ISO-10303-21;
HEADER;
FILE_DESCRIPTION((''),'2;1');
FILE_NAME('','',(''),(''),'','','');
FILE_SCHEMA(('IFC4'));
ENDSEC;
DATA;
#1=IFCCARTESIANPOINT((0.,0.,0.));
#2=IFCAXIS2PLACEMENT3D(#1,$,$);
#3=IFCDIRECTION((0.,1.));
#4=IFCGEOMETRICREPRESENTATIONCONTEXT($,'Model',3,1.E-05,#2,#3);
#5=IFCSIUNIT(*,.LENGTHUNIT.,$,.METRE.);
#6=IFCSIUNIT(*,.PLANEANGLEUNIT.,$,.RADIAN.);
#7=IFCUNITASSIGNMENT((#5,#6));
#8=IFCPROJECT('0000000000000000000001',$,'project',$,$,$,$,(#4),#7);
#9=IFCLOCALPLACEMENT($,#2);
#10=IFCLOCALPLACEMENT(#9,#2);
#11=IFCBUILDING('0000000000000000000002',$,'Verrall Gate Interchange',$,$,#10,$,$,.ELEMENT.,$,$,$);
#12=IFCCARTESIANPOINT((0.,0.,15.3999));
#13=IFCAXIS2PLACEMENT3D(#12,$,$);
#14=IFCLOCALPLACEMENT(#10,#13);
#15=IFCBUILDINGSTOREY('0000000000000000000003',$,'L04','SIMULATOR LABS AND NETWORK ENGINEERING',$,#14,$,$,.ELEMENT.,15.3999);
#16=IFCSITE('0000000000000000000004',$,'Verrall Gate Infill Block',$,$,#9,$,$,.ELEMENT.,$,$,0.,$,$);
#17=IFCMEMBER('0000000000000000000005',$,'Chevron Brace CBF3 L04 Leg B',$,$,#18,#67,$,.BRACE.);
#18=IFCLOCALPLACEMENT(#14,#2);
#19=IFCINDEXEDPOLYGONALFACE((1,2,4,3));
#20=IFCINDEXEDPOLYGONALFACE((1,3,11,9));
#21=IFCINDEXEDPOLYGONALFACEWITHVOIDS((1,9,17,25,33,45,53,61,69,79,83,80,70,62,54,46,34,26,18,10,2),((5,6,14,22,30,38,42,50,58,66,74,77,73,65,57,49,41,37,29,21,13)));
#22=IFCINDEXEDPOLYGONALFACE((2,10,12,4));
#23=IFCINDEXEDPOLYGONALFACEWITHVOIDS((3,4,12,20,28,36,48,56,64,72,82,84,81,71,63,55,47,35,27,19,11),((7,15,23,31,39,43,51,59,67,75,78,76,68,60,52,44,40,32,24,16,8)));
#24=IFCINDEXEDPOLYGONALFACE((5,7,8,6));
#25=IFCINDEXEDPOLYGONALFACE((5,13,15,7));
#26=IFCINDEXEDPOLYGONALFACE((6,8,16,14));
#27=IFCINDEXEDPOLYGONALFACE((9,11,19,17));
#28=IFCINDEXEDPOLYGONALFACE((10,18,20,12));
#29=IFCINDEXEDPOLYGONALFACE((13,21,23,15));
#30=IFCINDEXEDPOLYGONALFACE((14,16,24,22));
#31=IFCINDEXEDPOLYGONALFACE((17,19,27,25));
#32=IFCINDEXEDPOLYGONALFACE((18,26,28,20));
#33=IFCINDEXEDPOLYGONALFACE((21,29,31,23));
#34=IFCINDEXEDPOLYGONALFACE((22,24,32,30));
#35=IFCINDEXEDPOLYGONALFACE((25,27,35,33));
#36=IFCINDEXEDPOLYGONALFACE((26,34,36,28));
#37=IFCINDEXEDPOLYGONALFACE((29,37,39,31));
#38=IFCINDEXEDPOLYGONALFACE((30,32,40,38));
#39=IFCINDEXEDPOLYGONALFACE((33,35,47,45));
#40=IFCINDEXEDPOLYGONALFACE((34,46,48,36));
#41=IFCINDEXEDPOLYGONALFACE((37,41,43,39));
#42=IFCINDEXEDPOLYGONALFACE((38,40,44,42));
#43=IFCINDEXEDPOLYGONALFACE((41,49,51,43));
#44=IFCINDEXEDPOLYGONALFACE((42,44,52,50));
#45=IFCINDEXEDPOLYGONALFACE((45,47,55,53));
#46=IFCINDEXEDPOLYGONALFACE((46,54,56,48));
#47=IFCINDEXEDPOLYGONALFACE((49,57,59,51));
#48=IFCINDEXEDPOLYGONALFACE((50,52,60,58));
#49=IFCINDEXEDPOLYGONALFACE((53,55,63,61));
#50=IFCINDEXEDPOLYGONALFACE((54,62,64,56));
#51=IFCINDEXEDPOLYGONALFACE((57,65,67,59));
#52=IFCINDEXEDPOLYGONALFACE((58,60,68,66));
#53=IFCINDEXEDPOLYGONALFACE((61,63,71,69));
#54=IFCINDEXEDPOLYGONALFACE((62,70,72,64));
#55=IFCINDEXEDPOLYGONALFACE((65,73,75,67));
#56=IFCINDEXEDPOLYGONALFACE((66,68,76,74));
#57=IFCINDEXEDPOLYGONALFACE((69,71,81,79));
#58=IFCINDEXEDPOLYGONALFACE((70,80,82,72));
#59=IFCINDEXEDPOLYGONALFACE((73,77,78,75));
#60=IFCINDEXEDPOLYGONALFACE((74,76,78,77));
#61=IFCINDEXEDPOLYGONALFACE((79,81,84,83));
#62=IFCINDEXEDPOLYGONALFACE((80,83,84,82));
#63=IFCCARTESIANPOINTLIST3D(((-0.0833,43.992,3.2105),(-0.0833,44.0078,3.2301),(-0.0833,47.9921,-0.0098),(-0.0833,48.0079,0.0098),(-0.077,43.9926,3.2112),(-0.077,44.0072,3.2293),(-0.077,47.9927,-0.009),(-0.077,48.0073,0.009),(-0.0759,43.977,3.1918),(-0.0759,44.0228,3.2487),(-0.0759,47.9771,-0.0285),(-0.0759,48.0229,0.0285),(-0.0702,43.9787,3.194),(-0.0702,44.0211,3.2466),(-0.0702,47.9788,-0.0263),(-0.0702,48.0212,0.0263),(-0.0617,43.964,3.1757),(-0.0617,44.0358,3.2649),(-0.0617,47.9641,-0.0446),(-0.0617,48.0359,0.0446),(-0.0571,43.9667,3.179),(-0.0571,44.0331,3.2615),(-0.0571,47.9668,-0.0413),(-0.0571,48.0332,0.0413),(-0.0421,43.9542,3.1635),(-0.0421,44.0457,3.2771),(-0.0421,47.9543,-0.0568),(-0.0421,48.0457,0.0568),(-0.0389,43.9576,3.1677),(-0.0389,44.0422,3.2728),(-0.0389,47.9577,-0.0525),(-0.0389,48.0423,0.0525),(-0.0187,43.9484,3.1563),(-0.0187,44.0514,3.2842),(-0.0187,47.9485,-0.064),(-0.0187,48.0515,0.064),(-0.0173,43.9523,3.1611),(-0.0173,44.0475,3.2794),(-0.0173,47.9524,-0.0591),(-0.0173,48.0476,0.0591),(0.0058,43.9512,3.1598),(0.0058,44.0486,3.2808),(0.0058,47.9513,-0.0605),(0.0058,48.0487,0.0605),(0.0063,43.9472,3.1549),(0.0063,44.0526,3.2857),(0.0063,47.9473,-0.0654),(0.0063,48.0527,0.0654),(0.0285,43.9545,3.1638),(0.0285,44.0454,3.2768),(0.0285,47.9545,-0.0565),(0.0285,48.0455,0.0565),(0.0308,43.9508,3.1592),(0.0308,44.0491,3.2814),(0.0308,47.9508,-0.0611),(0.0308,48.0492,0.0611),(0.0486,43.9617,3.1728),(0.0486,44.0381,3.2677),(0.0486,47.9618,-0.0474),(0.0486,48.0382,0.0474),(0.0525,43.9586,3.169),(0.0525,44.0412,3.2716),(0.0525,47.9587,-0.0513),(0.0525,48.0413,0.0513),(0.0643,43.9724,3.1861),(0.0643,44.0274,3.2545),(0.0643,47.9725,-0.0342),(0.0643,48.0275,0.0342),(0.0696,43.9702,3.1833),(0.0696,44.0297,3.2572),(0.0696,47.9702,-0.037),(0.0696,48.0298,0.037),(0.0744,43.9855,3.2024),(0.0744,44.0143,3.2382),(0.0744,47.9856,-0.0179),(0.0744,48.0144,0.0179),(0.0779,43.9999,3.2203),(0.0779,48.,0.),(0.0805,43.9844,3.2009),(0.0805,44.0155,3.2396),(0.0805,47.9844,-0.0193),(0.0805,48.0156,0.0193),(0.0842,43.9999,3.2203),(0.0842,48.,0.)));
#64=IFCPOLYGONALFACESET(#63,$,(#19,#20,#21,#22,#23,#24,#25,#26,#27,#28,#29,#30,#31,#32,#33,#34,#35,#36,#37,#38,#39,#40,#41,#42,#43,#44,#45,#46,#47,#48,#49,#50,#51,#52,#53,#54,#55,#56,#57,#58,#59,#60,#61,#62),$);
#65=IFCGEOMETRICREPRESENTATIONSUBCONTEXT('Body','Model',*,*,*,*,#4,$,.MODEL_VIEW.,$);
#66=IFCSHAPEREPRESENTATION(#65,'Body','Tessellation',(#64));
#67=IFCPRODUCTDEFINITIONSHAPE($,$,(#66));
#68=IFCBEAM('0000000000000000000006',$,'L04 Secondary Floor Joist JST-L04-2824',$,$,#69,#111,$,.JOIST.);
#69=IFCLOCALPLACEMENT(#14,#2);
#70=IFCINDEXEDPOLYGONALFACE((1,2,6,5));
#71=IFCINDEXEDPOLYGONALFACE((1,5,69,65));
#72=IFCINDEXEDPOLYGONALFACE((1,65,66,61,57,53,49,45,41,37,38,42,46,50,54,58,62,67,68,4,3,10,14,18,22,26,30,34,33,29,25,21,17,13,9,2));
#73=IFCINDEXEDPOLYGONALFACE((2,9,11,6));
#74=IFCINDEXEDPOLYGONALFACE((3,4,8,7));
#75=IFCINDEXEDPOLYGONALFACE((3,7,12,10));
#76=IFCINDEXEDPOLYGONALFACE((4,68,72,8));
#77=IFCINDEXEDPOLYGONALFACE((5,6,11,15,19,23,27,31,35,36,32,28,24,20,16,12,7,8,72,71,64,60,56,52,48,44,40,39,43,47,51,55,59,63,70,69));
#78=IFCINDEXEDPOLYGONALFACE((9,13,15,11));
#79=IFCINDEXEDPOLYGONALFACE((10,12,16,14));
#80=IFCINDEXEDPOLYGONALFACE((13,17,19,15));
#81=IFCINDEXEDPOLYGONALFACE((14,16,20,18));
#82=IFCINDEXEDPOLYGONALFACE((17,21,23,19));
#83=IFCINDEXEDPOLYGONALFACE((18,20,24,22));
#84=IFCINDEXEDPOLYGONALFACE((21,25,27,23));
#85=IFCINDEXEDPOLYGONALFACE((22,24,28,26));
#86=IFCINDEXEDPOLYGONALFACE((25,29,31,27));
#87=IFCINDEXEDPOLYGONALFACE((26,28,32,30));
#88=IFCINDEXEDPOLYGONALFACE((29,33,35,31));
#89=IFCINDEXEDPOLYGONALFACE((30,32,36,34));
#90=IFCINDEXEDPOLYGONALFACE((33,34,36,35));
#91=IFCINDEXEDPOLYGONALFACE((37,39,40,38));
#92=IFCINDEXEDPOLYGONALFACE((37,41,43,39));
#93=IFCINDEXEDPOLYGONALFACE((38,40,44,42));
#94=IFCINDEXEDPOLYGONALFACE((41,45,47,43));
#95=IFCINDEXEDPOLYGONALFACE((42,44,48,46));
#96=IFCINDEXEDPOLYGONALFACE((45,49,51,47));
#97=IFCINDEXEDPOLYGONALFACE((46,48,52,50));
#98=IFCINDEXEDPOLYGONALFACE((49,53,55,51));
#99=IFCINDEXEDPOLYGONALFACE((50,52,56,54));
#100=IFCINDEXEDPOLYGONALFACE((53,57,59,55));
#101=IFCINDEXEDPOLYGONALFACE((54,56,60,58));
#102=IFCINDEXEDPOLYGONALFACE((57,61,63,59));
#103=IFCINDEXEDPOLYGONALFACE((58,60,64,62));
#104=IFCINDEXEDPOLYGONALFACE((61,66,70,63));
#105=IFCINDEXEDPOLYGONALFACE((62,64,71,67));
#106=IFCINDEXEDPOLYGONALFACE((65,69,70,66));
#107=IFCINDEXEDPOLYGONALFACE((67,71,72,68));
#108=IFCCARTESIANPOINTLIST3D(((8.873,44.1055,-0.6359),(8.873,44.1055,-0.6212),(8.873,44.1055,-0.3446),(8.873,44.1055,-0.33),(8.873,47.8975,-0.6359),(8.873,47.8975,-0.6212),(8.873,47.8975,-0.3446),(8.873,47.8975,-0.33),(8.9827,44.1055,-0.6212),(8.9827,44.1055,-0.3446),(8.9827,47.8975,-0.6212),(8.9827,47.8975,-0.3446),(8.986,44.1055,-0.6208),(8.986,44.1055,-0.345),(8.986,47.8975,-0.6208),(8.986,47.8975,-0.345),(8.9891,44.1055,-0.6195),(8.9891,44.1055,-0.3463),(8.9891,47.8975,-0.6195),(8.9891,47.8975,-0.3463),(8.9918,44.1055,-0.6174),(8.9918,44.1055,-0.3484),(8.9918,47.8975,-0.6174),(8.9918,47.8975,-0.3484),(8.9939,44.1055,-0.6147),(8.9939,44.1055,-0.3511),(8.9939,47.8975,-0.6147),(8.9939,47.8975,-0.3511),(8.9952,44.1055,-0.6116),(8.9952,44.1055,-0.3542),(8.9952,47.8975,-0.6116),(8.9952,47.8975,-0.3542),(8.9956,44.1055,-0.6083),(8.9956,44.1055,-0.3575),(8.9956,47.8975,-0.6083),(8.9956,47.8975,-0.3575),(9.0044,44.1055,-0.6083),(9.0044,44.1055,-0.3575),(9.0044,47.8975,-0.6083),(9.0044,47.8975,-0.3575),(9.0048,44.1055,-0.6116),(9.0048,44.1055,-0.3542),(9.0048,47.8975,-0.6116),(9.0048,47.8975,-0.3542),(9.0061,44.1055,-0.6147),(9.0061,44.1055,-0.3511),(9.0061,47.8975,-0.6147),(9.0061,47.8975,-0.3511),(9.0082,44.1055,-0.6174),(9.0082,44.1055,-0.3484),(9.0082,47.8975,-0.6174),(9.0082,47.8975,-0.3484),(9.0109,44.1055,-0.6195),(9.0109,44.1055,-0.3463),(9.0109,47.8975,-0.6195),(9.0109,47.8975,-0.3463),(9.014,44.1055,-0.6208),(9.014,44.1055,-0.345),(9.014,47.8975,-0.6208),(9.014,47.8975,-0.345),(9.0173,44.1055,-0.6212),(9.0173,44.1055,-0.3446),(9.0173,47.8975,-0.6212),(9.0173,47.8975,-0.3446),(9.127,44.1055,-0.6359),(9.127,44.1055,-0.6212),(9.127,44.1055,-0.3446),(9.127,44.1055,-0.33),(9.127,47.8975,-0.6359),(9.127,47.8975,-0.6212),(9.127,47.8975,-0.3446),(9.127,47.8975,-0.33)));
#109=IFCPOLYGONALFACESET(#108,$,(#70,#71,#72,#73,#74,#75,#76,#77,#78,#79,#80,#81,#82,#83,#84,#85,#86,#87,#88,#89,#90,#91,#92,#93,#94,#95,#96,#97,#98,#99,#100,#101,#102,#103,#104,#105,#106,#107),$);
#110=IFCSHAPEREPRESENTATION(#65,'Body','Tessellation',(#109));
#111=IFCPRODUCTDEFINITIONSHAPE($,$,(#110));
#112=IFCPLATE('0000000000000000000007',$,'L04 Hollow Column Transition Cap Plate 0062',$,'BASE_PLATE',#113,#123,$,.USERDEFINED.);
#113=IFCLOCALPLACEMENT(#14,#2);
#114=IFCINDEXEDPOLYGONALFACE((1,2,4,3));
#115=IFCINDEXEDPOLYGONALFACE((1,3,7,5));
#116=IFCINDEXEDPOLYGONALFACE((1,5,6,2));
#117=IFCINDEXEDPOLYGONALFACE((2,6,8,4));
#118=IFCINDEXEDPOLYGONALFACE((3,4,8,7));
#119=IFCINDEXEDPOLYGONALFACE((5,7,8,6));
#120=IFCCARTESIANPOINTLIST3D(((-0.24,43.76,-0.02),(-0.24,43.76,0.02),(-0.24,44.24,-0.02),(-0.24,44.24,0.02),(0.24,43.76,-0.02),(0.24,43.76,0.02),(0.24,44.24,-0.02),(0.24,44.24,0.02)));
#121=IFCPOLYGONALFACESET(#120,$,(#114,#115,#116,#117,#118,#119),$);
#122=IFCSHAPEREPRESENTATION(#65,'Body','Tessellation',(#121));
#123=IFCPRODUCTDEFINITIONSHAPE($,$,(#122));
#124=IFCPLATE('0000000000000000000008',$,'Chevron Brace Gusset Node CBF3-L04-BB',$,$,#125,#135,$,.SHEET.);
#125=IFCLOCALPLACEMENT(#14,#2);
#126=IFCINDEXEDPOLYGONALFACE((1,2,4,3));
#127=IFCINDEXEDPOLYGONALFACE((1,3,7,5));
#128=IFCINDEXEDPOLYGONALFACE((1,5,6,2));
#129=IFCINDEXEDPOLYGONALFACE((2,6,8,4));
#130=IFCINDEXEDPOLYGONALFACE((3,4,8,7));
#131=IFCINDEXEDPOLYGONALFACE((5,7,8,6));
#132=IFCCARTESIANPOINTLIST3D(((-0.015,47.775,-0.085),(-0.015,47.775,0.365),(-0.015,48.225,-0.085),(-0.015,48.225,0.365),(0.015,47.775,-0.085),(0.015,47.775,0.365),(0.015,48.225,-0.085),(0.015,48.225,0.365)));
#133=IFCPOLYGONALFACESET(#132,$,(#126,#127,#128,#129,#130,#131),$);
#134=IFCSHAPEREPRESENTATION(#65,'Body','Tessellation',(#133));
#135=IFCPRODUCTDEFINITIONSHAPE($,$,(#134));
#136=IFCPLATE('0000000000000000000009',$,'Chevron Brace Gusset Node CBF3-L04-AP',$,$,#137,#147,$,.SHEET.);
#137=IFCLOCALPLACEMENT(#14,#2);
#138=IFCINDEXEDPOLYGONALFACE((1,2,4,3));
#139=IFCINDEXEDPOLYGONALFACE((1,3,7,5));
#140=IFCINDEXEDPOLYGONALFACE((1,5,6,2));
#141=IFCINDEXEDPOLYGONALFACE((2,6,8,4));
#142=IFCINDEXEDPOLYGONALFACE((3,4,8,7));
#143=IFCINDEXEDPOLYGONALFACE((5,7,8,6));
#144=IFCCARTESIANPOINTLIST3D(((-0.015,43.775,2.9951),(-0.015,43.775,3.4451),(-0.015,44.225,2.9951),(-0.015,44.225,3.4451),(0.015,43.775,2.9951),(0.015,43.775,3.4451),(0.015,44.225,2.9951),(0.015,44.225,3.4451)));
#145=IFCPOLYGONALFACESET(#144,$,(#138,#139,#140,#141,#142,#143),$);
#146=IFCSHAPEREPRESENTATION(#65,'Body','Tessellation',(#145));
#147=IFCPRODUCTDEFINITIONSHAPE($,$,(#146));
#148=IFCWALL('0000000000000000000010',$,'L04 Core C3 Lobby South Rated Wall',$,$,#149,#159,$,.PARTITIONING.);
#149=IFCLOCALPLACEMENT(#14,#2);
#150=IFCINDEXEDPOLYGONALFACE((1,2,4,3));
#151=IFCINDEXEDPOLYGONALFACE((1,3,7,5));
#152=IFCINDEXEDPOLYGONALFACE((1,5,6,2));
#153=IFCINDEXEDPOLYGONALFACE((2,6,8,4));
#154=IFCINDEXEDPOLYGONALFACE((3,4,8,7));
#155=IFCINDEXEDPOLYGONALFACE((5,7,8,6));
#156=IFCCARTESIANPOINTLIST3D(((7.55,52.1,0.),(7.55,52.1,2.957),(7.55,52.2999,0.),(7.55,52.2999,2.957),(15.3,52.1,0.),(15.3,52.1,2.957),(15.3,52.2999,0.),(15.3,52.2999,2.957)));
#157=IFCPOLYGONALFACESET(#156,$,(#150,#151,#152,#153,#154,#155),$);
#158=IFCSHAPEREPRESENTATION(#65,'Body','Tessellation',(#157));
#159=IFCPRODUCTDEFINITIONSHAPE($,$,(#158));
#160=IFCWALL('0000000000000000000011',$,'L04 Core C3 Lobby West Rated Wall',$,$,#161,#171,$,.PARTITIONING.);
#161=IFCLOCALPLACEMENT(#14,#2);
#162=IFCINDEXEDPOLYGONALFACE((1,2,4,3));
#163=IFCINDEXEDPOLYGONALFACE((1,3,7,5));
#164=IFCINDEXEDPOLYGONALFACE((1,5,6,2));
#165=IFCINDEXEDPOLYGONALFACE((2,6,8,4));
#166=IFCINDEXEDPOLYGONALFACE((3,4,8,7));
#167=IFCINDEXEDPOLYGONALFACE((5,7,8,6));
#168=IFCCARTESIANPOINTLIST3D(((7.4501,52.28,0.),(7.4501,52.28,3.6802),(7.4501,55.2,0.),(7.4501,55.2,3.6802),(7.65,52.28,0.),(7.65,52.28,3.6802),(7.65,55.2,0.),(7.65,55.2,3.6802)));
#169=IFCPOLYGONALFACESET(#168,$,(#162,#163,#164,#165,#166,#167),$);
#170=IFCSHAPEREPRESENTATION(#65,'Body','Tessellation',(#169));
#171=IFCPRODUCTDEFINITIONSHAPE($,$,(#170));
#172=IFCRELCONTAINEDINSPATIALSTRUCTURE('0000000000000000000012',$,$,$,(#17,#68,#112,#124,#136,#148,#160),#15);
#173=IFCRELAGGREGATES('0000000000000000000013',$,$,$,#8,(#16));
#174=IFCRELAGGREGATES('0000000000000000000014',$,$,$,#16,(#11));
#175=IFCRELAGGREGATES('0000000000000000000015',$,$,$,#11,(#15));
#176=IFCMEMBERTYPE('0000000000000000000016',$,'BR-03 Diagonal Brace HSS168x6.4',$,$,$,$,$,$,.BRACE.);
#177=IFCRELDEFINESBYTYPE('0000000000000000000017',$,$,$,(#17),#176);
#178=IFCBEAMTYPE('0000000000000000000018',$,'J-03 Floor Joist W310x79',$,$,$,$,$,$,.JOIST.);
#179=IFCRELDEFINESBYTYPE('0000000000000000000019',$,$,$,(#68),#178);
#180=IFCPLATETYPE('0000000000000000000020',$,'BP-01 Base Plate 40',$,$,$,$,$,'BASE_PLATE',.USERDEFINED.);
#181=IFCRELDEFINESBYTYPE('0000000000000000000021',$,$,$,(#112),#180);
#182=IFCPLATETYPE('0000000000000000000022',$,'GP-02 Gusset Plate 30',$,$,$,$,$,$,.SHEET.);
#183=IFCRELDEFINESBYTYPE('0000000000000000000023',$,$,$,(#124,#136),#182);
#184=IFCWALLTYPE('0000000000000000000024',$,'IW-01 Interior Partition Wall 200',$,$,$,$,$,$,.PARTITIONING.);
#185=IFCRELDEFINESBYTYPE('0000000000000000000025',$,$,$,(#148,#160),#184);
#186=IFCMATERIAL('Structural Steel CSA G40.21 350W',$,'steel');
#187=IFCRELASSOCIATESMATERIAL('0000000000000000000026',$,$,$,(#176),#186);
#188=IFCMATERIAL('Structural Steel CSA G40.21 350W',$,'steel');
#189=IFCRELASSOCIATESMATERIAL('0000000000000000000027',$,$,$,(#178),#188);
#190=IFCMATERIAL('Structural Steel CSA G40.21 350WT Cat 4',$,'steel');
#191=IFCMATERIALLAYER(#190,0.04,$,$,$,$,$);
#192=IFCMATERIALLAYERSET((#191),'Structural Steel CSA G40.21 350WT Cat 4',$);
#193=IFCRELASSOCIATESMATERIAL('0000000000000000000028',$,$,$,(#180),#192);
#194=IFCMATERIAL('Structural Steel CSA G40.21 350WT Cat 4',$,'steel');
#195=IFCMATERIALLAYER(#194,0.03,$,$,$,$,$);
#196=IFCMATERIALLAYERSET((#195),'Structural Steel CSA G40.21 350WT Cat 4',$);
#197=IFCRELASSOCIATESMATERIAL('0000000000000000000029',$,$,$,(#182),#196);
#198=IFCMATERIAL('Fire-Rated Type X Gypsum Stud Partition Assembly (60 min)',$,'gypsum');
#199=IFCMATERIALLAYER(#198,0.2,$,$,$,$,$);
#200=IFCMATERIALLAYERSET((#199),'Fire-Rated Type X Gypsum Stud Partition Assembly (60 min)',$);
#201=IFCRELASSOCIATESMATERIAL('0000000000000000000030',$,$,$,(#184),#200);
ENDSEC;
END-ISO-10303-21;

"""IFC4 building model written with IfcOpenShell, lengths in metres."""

from ifc_helpers import new_model, si_unit, direction, frame, frame_2d, origin, origin_2d, place, context, subcontext, project, spatial, rectangle, hollow_circle, i_section, extrude, material, layer, layer_set, material_profile, profile_set, type_object, element, save


model = new_model("IFC4")

# Units and contexts
model_context = context("Model", 3, precision=1e-05, world=origin(), true_north=direction((0.0, 1.0)))
body_context = subcontext(model_context, "Body", "Model", "MODEL_VIEW")
ifc_project = project(units=[si_unit("LENGTHUNIT", "METRE"), si_unit("PLANEANGLEUNIT", "RADIAN")], contexts=[model_context])

# Site, building, storey
site_placement = place(None, origin())
site = spatial("IfcSite", under=ifc_project, at=site_placement, Name="Verrall Gate Infill Block", CompositionType="ELEMENT", RefElevation=0.0)
building_placement = place(site_placement, origin())
building = spatial("IfcBuilding", under=site, at=building_placement, Name="Verrall Gate Interchange", CompositionType="ELEMENT")
storey_placement = place(building_placement, frame((0.0, 0.0, 15.3999)))
storey = spatial("IfcBuildingStorey", under=building, at=storey_placement, Name="L04", Description="SIMULATOR LABS AND NETWORK ENGINEERING", CompositionType="ELEMENT", Elevation=15.3999)

# Member
ifc_material_1 = material(Name="Structural Steel CSA G40.21 350W", Category="steel")
ifc_material_profile_1 = material_profile(ifc_material_1, hollow_circle(Radius=0.0842, WallThickness=0.0063, at=origin_2d()), Name="HSS168x6.4")
ifc_profile_set_1 = profile_set([ifc_material_profile_1], Name="Structural Steel CSA G40.21 350W")
member_type = type_object("IfcMemberType", Name="BR-03 Diagonal Brace HSS168x6.4", PredefinedType="BRACE", material=ifc_profile_set_1)
member_placement = place(storey_placement, frame((0.0, 48.0, 0.0), z_axis=(0.0, -0.778945, 0.627092), x_axis=(1.0, 0.0, 0.0)))
element("IfcMember", 1, at=member_placement, inside=storey, type_object=member_type, Name="Chevron Brace CBF3 L04 Leg B", PredefinedType="BRACE", context=body_context, shape_type="SweptSolid", body=[
    extrude(hollow_circle(Radius=0.0842, WallThickness=0.0063, at=origin_2d()), origin(), (0.0, 0.0, 1.0), 5.1353),
])

# Beam
ifc_material_2 = material(Name="Structural Steel CSA G40.21 350W", Category="steel")
ifc_material_profile_2 = material_profile(ifc_material_2, i_section(OverallWidth=0.2539, OverallDepth=0.3059, WebThickness=0.0088, FlangeThickness=0.0146, FilletRadius=0.0129, at=origin_2d()), Name="W310x79")
ifc_profile_set_2 = profile_set([ifc_material_profile_2], Name="Structural Steel CSA G40.21 350W")
beam_type_1 = type_object("IfcBeamType", Name="J-03 Floor Joist W310x79", PredefinedType="JOIST", material=ifc_profile_set_2)
beam_1_placement = place(storey_placement, frame((9.0, 44.1055, -0.4829), z_axis=(0.0, 1.0, 0.0), x_axis=(-1.0, 0.0, 0.0)))
element("IfcBeam", 2, at=beam_1_placement, inside=storey, type_object=beam_type_1, Name="L04 Secondary Floor Joist JST-L04-2824", PredefinedType="JOIST", context=body_context, shape_type="SweptSolid", body=[
    extrude(i_section(OverallWidth=0.2539, OverallDepth=0.3059, WebThickness=0.0088, FlangeThickness=0.0146, FilletRadius=0.0129, at=origin_2d()), origin(), (0.0, 0.0, 1.0), 3.792),
])

# Plates
ifc_material_3 = material(Name="Structural Steel CSA G40.21 350WT Cat 4", Category="steel")
ifc_layer_1 = layer(ifc_material_3, 0.04)
ifc_layer_set_1 = layer_set([ifc_layer_1], Name="Structural Steel CSA G40.21 350WT Cat 4")
plate_type_1 = type_object("IfcPlateType", Name="BP-01 Base Plate 40", ElementType="BASE_PLATE", PredefinedType="USERDEFINED", material=ifc_layer_set_1)
plate_placement = place(storey_placement, frame((0.0, 44.0, -0.02), z_axis=(0.0, 0.0, 1.0), x_axis=(1.0, 0.0, 0.0)))
element("IfcPlate", 3, at=plate_placement, inside=storey, type_object=plate_type_1, Name="L04 Hollow Column Transition Cap Plate 0062", ObjectType="BASE_PLATE", PredefinedType="USERDEFINED", context=body_context, shape_type="SweptSolid", body=[
    extrude(rectangle(XDim=0.48, YDim=0.48, at=origin_2d()), origin(), (0.0, 0.0, 1.0), 0.04),
])
ifc_material_4 = material(Name="Structural Steel CSA G40.21 350WT Cat 4", Category="steel")
ifc_layer_2 = layer(ifc_material_4, 0.03)
ifc_layer_set_2 = layer_set([ifc_layer_2], Name="Structural Steel CSA G40.21 350WT Cat 4")
plate_type_2 = type_object("IfcPlateType", Name="GP-02 Gusset Plate 30", PredefinedType="SHEET", material=ifc_layer_set_2)
for number, where, z_axis, x_axis, name in (
    (4, (0.0, 48.0, -0.085), (0.0, 0.0, 1.0), (1.0, 0.0, 0.0), "Chevron Brace Gusset Node CBF3-L04-BB"),
    (5, (0.0, 44.0, 2.9951), (0.0, 0.0, 1.0), (1.0, 0.0, 0.0), "Chevron Brace Gusset Node CBF3-L04-AP"),
):
    element("IfcPlate", number, at=place(storey_placement, frame(where, z_axis=z_axis, x_axis=x_axis)), inside=storey, type_object=plate_type_2, Name=name, PredefinedType="SHEET", context=body_context, shape_type="SweptSolid", body=[
        extrude(rectangle(XDim=0.03, YDim=0.45, at=origin_2d()), origin(), (0.0, 0.0, 1.0), 0.45),
    ])

# Walls
ifc_material_5 = material(Name="Fire-Rated Type X Gypsum Stud Partition Assembly (60 min)", Category="gypsum")
ifc_layer_3 = layer(ifc_material_5, 0.2)
ifc_layer_set_3 = layer_set([ifc_layer_3], Name="Fire-Rated Type X Gypsum Stud Partition Assembly (60 min)")
wall_type_1 = type_object("IfcWallType", Name="IW-01 Interior Partition Wall 200", PredefinedType="PARTITIONING", material=ifc_layer_set_3)
wall_1_placement = place(storey_placement, frame((7.55, 52.2, 0.0), z_axis=(0.0, 0.0, 1.0), x_axis=(1.0, 0.0, 0.0)))
element("IfcWall", 6, at=wall_1_placement, inside=storey, type_object=wall_type_1, Name="L04 Core C3 Lobby South Rated Wall", PredefinedType="PARTITIONING", context=body_context, shape_type="SweptSolid", body=[
    extrude(rectangle(XDim=7.75, YDim=0.2, at=frame_2d((3.875, 0.0))), origin(), (0.0, 0.0, 1.0), 2.957),
])
wall_2_placement = place(storey_placement, frame((7.55, 55.2, 0.0), z_axis=(0.0, 0.0, 1.0), x_axis=(0.0, -1.0, 0.0)))
element("IfcWall", 7, at=wall_2_placement, inside=storey, type_object=wall_type_1, Name="L04 Core C3 Lobby West Rated Wall", PredefinedType="PARTITIONING", context=body_context, shape_type="SweptSolid", body=[
    extrude(rectangle(XDim=2.9199, YDim=0.2, at=frame_2d((1.46, 0.0))), origin(), (0.0, 0.0, 1.0), 3.6802),
])

save(model, "model.ifc")
